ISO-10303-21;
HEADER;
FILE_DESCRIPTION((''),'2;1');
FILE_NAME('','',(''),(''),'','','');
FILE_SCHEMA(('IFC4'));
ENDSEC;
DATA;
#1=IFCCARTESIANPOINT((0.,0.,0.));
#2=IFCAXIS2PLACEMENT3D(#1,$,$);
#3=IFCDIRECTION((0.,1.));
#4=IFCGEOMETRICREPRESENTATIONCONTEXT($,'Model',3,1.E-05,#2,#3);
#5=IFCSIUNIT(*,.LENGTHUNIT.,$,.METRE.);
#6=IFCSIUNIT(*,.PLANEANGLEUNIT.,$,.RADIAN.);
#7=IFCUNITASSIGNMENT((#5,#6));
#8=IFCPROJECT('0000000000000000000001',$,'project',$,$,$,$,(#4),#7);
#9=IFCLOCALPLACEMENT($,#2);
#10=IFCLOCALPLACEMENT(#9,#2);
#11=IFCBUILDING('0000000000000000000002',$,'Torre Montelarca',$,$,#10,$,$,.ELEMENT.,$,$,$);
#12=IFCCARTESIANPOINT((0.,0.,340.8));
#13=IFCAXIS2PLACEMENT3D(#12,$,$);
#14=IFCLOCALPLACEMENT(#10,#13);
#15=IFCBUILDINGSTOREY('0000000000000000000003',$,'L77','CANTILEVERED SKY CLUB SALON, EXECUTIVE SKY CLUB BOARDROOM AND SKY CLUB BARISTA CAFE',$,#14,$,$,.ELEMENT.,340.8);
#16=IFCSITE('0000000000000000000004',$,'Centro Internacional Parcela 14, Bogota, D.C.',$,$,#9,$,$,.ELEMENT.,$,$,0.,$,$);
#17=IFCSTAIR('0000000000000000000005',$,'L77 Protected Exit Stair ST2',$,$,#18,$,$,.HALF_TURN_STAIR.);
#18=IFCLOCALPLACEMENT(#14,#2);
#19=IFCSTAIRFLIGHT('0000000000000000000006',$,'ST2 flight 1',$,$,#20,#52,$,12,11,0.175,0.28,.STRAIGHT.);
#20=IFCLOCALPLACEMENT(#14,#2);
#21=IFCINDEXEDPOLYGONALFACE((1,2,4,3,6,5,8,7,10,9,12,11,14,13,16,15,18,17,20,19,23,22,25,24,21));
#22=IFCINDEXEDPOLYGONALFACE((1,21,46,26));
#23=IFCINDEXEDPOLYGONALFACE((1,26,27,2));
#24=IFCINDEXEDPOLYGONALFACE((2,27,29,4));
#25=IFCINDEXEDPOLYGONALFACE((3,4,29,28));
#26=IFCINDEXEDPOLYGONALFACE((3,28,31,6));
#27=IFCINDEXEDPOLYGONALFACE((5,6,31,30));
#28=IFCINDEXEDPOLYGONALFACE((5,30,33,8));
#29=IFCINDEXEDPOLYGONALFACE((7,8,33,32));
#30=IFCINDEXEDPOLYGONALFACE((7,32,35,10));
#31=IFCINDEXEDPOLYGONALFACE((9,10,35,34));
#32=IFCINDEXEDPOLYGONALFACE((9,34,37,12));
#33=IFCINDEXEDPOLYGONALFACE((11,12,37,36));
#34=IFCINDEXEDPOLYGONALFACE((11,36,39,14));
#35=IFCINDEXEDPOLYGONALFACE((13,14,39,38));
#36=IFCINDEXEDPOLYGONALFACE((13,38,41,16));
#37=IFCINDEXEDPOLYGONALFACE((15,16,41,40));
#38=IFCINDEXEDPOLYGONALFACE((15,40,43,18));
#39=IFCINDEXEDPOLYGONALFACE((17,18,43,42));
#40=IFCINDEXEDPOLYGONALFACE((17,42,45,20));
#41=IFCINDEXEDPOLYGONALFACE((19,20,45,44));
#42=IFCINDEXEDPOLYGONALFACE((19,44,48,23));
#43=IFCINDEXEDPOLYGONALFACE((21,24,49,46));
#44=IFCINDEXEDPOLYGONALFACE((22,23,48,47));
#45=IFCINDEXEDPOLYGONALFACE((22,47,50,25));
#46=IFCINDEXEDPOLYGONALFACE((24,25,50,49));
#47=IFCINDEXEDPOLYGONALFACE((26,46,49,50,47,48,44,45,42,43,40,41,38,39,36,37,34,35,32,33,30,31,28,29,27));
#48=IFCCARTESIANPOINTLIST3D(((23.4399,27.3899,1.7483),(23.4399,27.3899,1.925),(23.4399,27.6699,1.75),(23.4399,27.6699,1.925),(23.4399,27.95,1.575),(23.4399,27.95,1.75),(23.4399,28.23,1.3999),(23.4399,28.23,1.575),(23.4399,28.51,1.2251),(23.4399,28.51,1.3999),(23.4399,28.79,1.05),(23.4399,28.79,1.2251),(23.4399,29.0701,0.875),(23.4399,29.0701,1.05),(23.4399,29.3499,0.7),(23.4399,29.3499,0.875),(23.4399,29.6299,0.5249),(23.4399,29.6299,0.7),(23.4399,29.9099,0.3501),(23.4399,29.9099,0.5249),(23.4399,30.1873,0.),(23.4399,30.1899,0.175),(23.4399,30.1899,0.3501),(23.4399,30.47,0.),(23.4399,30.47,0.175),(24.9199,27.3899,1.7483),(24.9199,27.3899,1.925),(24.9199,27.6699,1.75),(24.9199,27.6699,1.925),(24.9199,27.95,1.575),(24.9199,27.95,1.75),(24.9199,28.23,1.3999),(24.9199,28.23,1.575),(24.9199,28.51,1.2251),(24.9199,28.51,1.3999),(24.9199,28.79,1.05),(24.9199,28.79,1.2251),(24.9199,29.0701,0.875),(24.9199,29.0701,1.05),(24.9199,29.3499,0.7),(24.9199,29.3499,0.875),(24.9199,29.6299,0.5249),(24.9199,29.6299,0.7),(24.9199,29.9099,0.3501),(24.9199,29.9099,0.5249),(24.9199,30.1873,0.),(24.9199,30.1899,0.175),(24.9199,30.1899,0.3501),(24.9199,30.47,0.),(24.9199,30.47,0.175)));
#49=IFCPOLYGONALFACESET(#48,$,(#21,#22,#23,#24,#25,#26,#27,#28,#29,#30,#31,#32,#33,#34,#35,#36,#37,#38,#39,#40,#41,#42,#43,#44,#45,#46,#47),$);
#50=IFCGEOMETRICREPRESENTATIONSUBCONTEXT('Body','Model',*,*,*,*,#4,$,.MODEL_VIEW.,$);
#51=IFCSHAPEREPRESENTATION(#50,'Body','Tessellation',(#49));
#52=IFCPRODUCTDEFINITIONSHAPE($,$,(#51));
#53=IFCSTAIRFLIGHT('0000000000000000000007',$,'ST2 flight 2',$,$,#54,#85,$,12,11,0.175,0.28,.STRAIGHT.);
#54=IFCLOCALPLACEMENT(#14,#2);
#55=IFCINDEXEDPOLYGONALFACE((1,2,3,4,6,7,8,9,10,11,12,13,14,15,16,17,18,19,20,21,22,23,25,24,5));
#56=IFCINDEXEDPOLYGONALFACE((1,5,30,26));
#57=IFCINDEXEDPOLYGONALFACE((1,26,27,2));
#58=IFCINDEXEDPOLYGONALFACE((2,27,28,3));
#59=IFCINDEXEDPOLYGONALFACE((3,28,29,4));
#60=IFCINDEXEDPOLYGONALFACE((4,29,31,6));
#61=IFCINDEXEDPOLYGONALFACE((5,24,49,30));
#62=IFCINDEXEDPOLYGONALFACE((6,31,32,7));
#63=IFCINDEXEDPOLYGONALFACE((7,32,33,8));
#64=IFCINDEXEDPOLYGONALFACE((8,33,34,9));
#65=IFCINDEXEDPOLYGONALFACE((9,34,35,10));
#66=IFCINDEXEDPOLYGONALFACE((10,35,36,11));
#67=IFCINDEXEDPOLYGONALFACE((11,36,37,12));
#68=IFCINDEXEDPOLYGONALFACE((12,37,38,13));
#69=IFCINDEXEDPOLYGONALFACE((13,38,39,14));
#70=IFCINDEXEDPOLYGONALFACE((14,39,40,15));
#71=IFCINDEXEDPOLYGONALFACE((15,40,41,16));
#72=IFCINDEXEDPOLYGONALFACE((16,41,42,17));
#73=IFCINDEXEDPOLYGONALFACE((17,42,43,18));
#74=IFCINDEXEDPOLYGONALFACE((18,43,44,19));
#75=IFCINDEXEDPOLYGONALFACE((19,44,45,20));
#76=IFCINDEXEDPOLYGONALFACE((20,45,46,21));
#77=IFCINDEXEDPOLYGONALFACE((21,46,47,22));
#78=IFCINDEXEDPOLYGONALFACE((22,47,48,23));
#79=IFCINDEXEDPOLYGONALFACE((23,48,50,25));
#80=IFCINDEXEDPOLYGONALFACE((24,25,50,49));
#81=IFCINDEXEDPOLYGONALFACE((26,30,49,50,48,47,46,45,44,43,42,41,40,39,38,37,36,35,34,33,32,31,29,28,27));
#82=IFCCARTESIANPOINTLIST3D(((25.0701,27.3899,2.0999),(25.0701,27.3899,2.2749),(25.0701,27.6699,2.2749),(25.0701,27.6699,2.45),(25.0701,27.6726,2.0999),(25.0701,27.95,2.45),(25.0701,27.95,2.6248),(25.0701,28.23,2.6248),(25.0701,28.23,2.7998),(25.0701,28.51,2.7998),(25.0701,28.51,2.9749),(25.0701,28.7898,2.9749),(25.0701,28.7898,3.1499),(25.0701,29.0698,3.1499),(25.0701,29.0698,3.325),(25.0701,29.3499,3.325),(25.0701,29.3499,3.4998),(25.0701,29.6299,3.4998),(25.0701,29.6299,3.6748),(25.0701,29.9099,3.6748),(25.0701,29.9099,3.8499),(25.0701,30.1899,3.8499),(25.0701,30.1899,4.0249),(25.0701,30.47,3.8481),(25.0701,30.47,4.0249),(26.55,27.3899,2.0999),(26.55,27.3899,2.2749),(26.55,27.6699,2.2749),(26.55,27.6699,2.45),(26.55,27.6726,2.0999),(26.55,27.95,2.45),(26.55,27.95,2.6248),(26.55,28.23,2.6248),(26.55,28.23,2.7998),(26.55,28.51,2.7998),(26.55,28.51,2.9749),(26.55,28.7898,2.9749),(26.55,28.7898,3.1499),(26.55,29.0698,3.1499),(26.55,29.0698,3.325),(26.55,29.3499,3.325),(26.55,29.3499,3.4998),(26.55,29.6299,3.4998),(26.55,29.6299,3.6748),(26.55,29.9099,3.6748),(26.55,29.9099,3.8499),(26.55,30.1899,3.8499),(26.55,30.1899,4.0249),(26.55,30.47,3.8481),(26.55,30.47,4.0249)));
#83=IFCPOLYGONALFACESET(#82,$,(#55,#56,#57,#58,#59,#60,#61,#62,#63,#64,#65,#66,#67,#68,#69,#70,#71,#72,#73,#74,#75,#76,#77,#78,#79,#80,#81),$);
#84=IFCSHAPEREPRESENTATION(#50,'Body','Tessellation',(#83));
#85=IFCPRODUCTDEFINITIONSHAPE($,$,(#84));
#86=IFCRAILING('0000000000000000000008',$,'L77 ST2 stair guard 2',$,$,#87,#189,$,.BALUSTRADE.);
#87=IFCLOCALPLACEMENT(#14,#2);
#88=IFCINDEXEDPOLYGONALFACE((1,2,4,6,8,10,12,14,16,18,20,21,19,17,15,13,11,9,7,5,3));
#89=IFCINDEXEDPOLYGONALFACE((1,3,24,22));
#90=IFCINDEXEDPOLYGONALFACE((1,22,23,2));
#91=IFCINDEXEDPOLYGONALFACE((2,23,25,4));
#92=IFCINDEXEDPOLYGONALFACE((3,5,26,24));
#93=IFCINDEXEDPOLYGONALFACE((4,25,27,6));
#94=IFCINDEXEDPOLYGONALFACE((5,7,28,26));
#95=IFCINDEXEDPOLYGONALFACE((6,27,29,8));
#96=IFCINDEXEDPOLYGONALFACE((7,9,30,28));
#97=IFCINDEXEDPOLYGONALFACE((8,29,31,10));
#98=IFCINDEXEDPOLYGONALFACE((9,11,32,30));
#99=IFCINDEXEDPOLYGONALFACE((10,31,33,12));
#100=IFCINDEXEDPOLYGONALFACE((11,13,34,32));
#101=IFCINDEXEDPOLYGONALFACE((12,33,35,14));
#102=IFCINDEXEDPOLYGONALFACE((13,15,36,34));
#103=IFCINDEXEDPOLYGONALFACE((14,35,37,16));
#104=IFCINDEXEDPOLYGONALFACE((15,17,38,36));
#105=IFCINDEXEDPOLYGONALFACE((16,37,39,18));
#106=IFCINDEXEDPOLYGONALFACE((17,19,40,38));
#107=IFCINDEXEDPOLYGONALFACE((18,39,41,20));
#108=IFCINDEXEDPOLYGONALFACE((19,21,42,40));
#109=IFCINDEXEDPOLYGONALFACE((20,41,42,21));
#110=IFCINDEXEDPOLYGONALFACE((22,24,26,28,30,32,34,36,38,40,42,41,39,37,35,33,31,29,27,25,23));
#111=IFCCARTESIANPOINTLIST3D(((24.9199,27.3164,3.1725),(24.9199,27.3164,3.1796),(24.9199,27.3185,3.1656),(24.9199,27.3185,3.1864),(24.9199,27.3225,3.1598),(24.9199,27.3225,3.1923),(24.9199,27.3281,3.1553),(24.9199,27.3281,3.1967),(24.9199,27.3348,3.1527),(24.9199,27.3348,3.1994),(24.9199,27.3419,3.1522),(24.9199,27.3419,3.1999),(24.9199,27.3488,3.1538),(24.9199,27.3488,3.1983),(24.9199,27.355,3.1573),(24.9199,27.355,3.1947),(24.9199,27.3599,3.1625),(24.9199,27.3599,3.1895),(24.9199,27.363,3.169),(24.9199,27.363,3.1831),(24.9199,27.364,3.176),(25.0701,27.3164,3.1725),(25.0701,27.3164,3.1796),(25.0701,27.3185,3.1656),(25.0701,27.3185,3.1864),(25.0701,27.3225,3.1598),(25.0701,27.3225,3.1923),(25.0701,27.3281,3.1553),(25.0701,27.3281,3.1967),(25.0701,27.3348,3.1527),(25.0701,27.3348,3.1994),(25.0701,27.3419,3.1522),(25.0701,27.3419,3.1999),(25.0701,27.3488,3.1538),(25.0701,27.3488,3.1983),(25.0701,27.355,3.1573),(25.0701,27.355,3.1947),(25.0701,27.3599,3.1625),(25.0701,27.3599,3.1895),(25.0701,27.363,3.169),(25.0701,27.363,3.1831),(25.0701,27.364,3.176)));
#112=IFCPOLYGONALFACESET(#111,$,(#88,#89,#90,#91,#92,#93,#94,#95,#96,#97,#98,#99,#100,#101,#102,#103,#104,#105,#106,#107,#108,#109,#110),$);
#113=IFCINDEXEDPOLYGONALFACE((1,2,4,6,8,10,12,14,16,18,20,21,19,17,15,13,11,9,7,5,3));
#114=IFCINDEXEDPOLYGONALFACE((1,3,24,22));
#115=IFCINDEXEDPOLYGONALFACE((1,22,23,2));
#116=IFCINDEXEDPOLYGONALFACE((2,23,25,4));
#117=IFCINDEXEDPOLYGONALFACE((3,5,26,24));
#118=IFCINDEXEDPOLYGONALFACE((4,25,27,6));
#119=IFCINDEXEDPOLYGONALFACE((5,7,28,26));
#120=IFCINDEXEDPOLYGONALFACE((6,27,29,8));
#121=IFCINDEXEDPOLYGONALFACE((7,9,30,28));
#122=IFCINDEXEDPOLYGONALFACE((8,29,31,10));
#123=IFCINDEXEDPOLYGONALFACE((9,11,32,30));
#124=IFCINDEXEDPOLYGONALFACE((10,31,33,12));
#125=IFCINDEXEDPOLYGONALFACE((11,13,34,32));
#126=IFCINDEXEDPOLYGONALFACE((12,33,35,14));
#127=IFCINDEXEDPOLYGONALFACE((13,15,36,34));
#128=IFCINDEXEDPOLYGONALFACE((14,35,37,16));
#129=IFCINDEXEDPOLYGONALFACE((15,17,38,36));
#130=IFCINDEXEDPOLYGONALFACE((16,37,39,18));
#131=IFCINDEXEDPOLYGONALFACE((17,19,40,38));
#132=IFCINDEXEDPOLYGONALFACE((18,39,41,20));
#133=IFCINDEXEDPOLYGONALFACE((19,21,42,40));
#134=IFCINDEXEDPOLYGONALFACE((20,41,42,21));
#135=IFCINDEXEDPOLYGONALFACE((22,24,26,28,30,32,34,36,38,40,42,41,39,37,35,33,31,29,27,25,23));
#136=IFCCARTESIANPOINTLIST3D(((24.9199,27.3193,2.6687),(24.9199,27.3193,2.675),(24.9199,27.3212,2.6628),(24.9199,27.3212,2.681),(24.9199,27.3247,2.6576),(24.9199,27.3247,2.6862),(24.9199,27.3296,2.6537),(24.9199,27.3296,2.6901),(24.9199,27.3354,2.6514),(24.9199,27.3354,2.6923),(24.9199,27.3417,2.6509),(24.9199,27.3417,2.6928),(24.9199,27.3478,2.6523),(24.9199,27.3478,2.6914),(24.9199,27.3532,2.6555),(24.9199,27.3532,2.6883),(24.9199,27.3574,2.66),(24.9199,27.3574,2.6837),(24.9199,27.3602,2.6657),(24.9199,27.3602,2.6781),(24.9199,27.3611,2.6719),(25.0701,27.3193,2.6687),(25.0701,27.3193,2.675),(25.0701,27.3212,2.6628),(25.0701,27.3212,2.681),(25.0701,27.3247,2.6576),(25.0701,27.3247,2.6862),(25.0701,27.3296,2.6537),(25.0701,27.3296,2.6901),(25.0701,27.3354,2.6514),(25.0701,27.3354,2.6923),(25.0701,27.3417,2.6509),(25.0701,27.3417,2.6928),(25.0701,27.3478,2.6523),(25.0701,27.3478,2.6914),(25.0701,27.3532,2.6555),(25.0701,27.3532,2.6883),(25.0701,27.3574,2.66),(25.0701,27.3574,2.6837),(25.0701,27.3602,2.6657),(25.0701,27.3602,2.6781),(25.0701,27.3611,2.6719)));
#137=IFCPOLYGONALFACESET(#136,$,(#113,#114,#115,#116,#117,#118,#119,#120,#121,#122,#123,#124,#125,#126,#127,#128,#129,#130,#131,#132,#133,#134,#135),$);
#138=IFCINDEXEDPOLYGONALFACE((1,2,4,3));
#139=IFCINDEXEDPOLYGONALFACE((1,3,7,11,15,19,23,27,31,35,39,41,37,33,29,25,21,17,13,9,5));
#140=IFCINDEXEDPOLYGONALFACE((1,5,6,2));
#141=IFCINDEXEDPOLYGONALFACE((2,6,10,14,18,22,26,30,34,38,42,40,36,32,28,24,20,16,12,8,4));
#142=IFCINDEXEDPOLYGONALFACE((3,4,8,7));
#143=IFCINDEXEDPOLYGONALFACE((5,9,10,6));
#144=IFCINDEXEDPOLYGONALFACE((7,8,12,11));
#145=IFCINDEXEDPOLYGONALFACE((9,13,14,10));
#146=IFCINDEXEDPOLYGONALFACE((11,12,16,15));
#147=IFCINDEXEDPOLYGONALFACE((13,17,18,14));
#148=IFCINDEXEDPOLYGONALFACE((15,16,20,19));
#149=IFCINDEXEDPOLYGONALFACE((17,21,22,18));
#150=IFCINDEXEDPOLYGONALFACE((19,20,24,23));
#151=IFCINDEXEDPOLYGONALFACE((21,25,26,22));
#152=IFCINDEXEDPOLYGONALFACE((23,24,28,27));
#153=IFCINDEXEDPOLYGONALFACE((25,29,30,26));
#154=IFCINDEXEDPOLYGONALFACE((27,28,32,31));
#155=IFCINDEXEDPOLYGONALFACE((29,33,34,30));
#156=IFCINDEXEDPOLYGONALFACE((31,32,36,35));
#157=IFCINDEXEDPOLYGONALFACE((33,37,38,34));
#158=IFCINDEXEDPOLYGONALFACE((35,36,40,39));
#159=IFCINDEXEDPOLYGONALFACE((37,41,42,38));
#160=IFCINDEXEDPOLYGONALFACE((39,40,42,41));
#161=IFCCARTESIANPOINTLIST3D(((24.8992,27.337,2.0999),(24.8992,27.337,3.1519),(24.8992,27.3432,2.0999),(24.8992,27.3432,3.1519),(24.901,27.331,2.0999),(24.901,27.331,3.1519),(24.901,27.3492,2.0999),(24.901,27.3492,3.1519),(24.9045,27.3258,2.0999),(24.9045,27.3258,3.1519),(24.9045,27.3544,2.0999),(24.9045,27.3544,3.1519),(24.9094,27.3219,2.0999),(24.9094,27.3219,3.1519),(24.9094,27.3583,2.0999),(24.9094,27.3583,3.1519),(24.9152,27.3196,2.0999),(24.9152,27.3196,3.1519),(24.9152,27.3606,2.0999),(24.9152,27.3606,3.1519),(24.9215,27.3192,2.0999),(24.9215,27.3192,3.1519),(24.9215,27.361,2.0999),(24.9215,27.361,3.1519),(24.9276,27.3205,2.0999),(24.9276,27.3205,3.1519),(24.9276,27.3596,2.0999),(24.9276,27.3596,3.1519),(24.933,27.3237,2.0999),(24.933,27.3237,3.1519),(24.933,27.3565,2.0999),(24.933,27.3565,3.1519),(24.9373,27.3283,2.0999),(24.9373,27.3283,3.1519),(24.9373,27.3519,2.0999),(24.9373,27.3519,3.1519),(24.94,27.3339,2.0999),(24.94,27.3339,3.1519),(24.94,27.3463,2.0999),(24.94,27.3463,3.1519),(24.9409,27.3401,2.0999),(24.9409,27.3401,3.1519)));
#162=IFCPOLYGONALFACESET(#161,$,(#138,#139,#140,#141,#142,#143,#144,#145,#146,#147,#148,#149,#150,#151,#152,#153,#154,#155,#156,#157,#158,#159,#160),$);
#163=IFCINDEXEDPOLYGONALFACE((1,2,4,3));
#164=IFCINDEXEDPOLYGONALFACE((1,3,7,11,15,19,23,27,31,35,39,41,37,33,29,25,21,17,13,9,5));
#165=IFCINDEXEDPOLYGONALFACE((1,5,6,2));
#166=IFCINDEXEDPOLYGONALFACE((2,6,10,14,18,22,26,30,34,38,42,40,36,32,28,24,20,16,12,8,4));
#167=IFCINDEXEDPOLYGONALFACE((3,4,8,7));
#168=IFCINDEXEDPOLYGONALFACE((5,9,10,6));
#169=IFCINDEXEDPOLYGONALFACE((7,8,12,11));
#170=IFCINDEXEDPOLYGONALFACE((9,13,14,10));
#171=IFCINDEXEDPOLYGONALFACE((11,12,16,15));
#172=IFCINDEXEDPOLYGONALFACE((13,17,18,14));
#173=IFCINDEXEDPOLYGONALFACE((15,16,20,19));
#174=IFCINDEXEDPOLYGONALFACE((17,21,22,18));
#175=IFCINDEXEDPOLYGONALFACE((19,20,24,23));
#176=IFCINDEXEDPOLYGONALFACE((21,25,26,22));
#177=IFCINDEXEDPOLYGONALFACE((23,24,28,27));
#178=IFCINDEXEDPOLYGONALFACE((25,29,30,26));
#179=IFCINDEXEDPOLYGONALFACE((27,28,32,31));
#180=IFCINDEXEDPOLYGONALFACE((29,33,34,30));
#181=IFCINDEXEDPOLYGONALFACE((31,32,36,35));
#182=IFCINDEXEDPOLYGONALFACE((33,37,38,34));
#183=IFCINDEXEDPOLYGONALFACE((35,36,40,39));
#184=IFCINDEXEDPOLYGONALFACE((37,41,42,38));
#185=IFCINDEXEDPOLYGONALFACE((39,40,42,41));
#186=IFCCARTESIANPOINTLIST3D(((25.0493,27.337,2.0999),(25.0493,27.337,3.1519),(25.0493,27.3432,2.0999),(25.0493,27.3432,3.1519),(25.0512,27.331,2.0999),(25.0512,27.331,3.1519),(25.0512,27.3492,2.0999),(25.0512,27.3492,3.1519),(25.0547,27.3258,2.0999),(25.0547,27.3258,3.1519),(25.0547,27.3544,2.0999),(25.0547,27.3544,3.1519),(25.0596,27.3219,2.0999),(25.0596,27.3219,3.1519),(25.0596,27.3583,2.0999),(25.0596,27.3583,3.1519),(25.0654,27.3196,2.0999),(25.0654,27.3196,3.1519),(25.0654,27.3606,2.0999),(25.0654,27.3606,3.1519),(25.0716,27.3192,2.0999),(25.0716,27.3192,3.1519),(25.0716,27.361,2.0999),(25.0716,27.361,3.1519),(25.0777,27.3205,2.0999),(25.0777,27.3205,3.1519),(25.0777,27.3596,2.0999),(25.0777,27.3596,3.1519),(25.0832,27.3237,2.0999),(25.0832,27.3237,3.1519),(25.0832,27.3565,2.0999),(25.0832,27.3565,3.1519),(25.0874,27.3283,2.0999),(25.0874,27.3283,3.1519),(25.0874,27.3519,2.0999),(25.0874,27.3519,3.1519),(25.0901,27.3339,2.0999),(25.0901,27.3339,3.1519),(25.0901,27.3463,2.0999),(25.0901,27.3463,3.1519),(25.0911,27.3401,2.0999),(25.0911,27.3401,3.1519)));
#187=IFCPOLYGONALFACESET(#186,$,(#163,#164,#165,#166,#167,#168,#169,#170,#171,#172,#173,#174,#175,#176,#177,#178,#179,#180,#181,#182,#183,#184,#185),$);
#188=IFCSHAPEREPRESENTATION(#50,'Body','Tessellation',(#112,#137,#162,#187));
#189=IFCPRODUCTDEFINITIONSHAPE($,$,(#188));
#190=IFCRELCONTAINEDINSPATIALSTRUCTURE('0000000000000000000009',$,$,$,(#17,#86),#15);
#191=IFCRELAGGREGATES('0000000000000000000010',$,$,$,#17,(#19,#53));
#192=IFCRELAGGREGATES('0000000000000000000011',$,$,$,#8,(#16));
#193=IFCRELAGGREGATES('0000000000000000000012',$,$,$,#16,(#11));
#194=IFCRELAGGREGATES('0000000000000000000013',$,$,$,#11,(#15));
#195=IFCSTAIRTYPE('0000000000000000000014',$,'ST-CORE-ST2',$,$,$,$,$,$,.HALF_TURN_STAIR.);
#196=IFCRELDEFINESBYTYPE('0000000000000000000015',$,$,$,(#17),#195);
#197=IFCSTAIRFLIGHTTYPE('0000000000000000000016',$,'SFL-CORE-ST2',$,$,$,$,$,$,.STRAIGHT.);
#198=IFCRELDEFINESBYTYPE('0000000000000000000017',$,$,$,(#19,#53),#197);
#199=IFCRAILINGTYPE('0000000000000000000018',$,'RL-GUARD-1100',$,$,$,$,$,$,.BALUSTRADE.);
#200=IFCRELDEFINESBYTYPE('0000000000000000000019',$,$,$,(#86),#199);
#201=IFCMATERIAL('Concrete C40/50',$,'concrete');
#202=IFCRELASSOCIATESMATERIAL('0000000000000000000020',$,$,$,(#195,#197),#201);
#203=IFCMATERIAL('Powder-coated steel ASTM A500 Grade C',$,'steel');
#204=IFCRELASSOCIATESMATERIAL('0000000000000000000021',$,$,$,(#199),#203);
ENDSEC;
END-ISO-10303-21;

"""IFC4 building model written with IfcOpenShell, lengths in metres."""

from ifc_helpers import new_model, si_unit, direction, frame, origin, origin_2d, place, context, subcontext, project, spatial, polyline, circle, outline, extrude, material, type_object, element, aggregate, save


model = new_model("IFC4")

# Units and contexts
model_context = context("Model", 3, precision=1e-05, world=origin(), true_north=direction((0.0, 1.0)))
body_context = subcontext(model_context, "Body", "Model", "MODEL_VIEW")
ifc_project = project(units=[si_unit("LENGTHUNIT", "METRE"), si_unit("PLANEANGLEUNIT", "RADIAN")], contexts=[model_context])

# Site, building, storey
site_placement = place(None, origin())
site = spatial("IfcSite", under=ifc_project, at=site_placement, Name="Centro Internacional Parcela 14, Bogota, D.C.", CompositionType="ELEMENT", RefElevation=0.0)
building_placement = place(site_placement, origin())
building = spatial("IfcBuilding", under=site, at=building_placement, Name="Torre Montelarca", CompositionType="ELEMENT")
storey_placement = place(building_placement, frame((0.0, 0.0, 340.8)))
storey = spatial("IfcBuildingStorey", under=building, at=storey_placement, Name="L77", Description="CANTILEVERED SKY CLUB SALON, EXECUTIVE SKY CLUB BOARDROOM AND SKY CLUB BARISTA CAFE", CompositionType="ELEMENT", Elevation=340.8)

# Shared definitions
ifc_material_1 = material(Name="Concrete C40/50", Category="concrete")

# Stair, stair flights
stair_type = type_object("IfcStairType", Name="ST-CORE-ST2", PredefinedType="HALF_TURN_STAIR", material=ifc_material_1)
stair_placement = place(storey_placement, origin())
stair = element("IfcStair", 1, at=stair_placement, inside=storey, type_object=stair_type, Name="L77 Protected Exit Stair ST2", PredefinedType="HALF_TURN_STAIR")
stair_flight_type = type_object("IfcStairFlightType", Name="SFL-CORE-ST2", PredefinedType="STRAIGHT", material=ifc_material_1)
stair_flight_1_placement = place(storey_placement, frame((24.1799, 30.47, 0.0), z_axis=(0.0, 0.0, 1.0), x_axis=(0.0, -1.0, 0.0)))
stair_flight_1 = element("IfcStairFlight", 2, at=stair_flight_1_placement, type_object=stair_flight_type, Name="ST2 flight 1", NumberOfRisers=12, NumberOfTreads=11, PredefinedType="STRAIGHT", RiserHeight=0.175, TreadLength=0.28, context=body_context, shape_type="SweptSolid", body=[
    extrude(outline(polyline([(0.0, 0.0), (0.0, 0.175), (0.28, 0.175), (0.28, 0.3501), (0.5601, 0.3501), (0.5601, 0.5249), (0.8401, 0.5249), (0.8401, 0.7), (1.1201, 0.7), (1.1201, 0.875), (1.3999, 0.875), (1.3999, 1.05), (1.6799, 1.05), (1.6799, 1.2251), (1.96, 1.2251), (1.96, 1.3999), (2.24, 1.3999), (2.24, 1.575), (2.52, 1.575), (2.52, 1.75), (2.8, 1.75), (2.8, 1.925), (3.0801, 1.925), (3.0801, 2.1001), (3.0801, 1.7483), (0.2827, 0.0), (0.0, 0.0)])), frame((0.0, 0.74, 0.0), z_axis=(0.0, -1.0, 0.0), x_axis=(1.0, 0.0, 0.0)), (0.0, 0.0, 1.0), 1.48),
])
stair_flight_2_placement = place(storey_placement, frame((25.8101, 27.3899, 2.0999), z_axis=(0.0, 0.0, 1.0), x_axis=(0.0, 1.0, 0.0)))
stair_flight_2 = element("IfcStairFlight", 3, at=stair_flight_2_placement, type_object=stair_flight_type, Name="ST2 flight 2", NumberOfRisers=12, NumberOfTreads=11, PredefinedType="STRAIGHT", RiserHeight=0.175, TreadLength=0.28, context=body_context, shape_type="SweptSolid", body=[
    extrude(outline(polyline([(0.0, 0.0), (0.0, 0.175), (0.28, 0.175), (0.28, 0.3501), (0.5601, 0.3501), (0.5601, 0.5249), (0.8401, 0.5249), (0.8401, 0.7), (1.1201, 0.7), (1.1201, 0.875), (1.3999, 0.875), (1.3999, 1.05), (1.6799, 1.05), (1.6799, 1.2251), (1.96, 1.2251), (1.96, 1.3999), (2.24, 1.3999), (2.24, 1.575), (2.52, 1.575), (2.52, 1.75), (2.8, 1.75), (2.8, 1.925), (3.0801, 1.925), (3.0801, 2.1001), (3.0801, 1.7483), (0.2827, 0.0), (0.0, 0.0)])), frame((0.0, 0.74, 0.0), z_axis=(0.0, -1.0, 0.0), x_axis=(1.0, 0.0, 0.0)), (0.0, 0.0, 1.0), 1.48),
])
aggregate(stair, [stair_flight_1, stair_flight_2])

# Railing
ifc_material_2 = material(Name="Powder-coated steel ASTM A500 Grade C", Category="steel")
railing_type_1 = type_object("IfcRailingType", Name="RL-GUARD-1100", PredefinedType="BALUSTRADE", material=ifc_material_2)
railing_1_placement = place(storey_placement, frame((24.9199, 27.3401, 2.0999)))
element("IfcRailing", 4, at=railing_1_placement, inside=storey, type_object=railing_type_1, Name="L77 ST2 stair guard 2", PredefinedType="BALUSTRADE", context=body_context, shape_type="SweptSolid", body=[
    extrude(circle(Radius=0.0239, at=origin_2d()), frame((0.0, 0.0, 1.0762), z_axis=(1.0, 0.0, 0.0), x_axis=(0.0, 1.0, 0.0)), (0.0, 0.0, 1.0), 0.1501),
    extrude(circle(Radius=0.021, at=origin_2d()), frame((0.0, 0.0, 0.572), z_axis=(1.0, 0.0, 0.0), x_axis=(0.0, 1.0, 0.0)), (0.0, 0.0, 1.0), 0.1501),
    extrude(circle(Radius=0.021, at=origin_2d()), origin(), (0.0, 0.0, 1.0), 1.052),
    extrude(circle(Radius=0.021, at=origin_2d()), frame((0.1501, 0.0, 0.0)), (0.0, 0.0, 1.0), 1.052),
])

save(model, "model.ifc")
